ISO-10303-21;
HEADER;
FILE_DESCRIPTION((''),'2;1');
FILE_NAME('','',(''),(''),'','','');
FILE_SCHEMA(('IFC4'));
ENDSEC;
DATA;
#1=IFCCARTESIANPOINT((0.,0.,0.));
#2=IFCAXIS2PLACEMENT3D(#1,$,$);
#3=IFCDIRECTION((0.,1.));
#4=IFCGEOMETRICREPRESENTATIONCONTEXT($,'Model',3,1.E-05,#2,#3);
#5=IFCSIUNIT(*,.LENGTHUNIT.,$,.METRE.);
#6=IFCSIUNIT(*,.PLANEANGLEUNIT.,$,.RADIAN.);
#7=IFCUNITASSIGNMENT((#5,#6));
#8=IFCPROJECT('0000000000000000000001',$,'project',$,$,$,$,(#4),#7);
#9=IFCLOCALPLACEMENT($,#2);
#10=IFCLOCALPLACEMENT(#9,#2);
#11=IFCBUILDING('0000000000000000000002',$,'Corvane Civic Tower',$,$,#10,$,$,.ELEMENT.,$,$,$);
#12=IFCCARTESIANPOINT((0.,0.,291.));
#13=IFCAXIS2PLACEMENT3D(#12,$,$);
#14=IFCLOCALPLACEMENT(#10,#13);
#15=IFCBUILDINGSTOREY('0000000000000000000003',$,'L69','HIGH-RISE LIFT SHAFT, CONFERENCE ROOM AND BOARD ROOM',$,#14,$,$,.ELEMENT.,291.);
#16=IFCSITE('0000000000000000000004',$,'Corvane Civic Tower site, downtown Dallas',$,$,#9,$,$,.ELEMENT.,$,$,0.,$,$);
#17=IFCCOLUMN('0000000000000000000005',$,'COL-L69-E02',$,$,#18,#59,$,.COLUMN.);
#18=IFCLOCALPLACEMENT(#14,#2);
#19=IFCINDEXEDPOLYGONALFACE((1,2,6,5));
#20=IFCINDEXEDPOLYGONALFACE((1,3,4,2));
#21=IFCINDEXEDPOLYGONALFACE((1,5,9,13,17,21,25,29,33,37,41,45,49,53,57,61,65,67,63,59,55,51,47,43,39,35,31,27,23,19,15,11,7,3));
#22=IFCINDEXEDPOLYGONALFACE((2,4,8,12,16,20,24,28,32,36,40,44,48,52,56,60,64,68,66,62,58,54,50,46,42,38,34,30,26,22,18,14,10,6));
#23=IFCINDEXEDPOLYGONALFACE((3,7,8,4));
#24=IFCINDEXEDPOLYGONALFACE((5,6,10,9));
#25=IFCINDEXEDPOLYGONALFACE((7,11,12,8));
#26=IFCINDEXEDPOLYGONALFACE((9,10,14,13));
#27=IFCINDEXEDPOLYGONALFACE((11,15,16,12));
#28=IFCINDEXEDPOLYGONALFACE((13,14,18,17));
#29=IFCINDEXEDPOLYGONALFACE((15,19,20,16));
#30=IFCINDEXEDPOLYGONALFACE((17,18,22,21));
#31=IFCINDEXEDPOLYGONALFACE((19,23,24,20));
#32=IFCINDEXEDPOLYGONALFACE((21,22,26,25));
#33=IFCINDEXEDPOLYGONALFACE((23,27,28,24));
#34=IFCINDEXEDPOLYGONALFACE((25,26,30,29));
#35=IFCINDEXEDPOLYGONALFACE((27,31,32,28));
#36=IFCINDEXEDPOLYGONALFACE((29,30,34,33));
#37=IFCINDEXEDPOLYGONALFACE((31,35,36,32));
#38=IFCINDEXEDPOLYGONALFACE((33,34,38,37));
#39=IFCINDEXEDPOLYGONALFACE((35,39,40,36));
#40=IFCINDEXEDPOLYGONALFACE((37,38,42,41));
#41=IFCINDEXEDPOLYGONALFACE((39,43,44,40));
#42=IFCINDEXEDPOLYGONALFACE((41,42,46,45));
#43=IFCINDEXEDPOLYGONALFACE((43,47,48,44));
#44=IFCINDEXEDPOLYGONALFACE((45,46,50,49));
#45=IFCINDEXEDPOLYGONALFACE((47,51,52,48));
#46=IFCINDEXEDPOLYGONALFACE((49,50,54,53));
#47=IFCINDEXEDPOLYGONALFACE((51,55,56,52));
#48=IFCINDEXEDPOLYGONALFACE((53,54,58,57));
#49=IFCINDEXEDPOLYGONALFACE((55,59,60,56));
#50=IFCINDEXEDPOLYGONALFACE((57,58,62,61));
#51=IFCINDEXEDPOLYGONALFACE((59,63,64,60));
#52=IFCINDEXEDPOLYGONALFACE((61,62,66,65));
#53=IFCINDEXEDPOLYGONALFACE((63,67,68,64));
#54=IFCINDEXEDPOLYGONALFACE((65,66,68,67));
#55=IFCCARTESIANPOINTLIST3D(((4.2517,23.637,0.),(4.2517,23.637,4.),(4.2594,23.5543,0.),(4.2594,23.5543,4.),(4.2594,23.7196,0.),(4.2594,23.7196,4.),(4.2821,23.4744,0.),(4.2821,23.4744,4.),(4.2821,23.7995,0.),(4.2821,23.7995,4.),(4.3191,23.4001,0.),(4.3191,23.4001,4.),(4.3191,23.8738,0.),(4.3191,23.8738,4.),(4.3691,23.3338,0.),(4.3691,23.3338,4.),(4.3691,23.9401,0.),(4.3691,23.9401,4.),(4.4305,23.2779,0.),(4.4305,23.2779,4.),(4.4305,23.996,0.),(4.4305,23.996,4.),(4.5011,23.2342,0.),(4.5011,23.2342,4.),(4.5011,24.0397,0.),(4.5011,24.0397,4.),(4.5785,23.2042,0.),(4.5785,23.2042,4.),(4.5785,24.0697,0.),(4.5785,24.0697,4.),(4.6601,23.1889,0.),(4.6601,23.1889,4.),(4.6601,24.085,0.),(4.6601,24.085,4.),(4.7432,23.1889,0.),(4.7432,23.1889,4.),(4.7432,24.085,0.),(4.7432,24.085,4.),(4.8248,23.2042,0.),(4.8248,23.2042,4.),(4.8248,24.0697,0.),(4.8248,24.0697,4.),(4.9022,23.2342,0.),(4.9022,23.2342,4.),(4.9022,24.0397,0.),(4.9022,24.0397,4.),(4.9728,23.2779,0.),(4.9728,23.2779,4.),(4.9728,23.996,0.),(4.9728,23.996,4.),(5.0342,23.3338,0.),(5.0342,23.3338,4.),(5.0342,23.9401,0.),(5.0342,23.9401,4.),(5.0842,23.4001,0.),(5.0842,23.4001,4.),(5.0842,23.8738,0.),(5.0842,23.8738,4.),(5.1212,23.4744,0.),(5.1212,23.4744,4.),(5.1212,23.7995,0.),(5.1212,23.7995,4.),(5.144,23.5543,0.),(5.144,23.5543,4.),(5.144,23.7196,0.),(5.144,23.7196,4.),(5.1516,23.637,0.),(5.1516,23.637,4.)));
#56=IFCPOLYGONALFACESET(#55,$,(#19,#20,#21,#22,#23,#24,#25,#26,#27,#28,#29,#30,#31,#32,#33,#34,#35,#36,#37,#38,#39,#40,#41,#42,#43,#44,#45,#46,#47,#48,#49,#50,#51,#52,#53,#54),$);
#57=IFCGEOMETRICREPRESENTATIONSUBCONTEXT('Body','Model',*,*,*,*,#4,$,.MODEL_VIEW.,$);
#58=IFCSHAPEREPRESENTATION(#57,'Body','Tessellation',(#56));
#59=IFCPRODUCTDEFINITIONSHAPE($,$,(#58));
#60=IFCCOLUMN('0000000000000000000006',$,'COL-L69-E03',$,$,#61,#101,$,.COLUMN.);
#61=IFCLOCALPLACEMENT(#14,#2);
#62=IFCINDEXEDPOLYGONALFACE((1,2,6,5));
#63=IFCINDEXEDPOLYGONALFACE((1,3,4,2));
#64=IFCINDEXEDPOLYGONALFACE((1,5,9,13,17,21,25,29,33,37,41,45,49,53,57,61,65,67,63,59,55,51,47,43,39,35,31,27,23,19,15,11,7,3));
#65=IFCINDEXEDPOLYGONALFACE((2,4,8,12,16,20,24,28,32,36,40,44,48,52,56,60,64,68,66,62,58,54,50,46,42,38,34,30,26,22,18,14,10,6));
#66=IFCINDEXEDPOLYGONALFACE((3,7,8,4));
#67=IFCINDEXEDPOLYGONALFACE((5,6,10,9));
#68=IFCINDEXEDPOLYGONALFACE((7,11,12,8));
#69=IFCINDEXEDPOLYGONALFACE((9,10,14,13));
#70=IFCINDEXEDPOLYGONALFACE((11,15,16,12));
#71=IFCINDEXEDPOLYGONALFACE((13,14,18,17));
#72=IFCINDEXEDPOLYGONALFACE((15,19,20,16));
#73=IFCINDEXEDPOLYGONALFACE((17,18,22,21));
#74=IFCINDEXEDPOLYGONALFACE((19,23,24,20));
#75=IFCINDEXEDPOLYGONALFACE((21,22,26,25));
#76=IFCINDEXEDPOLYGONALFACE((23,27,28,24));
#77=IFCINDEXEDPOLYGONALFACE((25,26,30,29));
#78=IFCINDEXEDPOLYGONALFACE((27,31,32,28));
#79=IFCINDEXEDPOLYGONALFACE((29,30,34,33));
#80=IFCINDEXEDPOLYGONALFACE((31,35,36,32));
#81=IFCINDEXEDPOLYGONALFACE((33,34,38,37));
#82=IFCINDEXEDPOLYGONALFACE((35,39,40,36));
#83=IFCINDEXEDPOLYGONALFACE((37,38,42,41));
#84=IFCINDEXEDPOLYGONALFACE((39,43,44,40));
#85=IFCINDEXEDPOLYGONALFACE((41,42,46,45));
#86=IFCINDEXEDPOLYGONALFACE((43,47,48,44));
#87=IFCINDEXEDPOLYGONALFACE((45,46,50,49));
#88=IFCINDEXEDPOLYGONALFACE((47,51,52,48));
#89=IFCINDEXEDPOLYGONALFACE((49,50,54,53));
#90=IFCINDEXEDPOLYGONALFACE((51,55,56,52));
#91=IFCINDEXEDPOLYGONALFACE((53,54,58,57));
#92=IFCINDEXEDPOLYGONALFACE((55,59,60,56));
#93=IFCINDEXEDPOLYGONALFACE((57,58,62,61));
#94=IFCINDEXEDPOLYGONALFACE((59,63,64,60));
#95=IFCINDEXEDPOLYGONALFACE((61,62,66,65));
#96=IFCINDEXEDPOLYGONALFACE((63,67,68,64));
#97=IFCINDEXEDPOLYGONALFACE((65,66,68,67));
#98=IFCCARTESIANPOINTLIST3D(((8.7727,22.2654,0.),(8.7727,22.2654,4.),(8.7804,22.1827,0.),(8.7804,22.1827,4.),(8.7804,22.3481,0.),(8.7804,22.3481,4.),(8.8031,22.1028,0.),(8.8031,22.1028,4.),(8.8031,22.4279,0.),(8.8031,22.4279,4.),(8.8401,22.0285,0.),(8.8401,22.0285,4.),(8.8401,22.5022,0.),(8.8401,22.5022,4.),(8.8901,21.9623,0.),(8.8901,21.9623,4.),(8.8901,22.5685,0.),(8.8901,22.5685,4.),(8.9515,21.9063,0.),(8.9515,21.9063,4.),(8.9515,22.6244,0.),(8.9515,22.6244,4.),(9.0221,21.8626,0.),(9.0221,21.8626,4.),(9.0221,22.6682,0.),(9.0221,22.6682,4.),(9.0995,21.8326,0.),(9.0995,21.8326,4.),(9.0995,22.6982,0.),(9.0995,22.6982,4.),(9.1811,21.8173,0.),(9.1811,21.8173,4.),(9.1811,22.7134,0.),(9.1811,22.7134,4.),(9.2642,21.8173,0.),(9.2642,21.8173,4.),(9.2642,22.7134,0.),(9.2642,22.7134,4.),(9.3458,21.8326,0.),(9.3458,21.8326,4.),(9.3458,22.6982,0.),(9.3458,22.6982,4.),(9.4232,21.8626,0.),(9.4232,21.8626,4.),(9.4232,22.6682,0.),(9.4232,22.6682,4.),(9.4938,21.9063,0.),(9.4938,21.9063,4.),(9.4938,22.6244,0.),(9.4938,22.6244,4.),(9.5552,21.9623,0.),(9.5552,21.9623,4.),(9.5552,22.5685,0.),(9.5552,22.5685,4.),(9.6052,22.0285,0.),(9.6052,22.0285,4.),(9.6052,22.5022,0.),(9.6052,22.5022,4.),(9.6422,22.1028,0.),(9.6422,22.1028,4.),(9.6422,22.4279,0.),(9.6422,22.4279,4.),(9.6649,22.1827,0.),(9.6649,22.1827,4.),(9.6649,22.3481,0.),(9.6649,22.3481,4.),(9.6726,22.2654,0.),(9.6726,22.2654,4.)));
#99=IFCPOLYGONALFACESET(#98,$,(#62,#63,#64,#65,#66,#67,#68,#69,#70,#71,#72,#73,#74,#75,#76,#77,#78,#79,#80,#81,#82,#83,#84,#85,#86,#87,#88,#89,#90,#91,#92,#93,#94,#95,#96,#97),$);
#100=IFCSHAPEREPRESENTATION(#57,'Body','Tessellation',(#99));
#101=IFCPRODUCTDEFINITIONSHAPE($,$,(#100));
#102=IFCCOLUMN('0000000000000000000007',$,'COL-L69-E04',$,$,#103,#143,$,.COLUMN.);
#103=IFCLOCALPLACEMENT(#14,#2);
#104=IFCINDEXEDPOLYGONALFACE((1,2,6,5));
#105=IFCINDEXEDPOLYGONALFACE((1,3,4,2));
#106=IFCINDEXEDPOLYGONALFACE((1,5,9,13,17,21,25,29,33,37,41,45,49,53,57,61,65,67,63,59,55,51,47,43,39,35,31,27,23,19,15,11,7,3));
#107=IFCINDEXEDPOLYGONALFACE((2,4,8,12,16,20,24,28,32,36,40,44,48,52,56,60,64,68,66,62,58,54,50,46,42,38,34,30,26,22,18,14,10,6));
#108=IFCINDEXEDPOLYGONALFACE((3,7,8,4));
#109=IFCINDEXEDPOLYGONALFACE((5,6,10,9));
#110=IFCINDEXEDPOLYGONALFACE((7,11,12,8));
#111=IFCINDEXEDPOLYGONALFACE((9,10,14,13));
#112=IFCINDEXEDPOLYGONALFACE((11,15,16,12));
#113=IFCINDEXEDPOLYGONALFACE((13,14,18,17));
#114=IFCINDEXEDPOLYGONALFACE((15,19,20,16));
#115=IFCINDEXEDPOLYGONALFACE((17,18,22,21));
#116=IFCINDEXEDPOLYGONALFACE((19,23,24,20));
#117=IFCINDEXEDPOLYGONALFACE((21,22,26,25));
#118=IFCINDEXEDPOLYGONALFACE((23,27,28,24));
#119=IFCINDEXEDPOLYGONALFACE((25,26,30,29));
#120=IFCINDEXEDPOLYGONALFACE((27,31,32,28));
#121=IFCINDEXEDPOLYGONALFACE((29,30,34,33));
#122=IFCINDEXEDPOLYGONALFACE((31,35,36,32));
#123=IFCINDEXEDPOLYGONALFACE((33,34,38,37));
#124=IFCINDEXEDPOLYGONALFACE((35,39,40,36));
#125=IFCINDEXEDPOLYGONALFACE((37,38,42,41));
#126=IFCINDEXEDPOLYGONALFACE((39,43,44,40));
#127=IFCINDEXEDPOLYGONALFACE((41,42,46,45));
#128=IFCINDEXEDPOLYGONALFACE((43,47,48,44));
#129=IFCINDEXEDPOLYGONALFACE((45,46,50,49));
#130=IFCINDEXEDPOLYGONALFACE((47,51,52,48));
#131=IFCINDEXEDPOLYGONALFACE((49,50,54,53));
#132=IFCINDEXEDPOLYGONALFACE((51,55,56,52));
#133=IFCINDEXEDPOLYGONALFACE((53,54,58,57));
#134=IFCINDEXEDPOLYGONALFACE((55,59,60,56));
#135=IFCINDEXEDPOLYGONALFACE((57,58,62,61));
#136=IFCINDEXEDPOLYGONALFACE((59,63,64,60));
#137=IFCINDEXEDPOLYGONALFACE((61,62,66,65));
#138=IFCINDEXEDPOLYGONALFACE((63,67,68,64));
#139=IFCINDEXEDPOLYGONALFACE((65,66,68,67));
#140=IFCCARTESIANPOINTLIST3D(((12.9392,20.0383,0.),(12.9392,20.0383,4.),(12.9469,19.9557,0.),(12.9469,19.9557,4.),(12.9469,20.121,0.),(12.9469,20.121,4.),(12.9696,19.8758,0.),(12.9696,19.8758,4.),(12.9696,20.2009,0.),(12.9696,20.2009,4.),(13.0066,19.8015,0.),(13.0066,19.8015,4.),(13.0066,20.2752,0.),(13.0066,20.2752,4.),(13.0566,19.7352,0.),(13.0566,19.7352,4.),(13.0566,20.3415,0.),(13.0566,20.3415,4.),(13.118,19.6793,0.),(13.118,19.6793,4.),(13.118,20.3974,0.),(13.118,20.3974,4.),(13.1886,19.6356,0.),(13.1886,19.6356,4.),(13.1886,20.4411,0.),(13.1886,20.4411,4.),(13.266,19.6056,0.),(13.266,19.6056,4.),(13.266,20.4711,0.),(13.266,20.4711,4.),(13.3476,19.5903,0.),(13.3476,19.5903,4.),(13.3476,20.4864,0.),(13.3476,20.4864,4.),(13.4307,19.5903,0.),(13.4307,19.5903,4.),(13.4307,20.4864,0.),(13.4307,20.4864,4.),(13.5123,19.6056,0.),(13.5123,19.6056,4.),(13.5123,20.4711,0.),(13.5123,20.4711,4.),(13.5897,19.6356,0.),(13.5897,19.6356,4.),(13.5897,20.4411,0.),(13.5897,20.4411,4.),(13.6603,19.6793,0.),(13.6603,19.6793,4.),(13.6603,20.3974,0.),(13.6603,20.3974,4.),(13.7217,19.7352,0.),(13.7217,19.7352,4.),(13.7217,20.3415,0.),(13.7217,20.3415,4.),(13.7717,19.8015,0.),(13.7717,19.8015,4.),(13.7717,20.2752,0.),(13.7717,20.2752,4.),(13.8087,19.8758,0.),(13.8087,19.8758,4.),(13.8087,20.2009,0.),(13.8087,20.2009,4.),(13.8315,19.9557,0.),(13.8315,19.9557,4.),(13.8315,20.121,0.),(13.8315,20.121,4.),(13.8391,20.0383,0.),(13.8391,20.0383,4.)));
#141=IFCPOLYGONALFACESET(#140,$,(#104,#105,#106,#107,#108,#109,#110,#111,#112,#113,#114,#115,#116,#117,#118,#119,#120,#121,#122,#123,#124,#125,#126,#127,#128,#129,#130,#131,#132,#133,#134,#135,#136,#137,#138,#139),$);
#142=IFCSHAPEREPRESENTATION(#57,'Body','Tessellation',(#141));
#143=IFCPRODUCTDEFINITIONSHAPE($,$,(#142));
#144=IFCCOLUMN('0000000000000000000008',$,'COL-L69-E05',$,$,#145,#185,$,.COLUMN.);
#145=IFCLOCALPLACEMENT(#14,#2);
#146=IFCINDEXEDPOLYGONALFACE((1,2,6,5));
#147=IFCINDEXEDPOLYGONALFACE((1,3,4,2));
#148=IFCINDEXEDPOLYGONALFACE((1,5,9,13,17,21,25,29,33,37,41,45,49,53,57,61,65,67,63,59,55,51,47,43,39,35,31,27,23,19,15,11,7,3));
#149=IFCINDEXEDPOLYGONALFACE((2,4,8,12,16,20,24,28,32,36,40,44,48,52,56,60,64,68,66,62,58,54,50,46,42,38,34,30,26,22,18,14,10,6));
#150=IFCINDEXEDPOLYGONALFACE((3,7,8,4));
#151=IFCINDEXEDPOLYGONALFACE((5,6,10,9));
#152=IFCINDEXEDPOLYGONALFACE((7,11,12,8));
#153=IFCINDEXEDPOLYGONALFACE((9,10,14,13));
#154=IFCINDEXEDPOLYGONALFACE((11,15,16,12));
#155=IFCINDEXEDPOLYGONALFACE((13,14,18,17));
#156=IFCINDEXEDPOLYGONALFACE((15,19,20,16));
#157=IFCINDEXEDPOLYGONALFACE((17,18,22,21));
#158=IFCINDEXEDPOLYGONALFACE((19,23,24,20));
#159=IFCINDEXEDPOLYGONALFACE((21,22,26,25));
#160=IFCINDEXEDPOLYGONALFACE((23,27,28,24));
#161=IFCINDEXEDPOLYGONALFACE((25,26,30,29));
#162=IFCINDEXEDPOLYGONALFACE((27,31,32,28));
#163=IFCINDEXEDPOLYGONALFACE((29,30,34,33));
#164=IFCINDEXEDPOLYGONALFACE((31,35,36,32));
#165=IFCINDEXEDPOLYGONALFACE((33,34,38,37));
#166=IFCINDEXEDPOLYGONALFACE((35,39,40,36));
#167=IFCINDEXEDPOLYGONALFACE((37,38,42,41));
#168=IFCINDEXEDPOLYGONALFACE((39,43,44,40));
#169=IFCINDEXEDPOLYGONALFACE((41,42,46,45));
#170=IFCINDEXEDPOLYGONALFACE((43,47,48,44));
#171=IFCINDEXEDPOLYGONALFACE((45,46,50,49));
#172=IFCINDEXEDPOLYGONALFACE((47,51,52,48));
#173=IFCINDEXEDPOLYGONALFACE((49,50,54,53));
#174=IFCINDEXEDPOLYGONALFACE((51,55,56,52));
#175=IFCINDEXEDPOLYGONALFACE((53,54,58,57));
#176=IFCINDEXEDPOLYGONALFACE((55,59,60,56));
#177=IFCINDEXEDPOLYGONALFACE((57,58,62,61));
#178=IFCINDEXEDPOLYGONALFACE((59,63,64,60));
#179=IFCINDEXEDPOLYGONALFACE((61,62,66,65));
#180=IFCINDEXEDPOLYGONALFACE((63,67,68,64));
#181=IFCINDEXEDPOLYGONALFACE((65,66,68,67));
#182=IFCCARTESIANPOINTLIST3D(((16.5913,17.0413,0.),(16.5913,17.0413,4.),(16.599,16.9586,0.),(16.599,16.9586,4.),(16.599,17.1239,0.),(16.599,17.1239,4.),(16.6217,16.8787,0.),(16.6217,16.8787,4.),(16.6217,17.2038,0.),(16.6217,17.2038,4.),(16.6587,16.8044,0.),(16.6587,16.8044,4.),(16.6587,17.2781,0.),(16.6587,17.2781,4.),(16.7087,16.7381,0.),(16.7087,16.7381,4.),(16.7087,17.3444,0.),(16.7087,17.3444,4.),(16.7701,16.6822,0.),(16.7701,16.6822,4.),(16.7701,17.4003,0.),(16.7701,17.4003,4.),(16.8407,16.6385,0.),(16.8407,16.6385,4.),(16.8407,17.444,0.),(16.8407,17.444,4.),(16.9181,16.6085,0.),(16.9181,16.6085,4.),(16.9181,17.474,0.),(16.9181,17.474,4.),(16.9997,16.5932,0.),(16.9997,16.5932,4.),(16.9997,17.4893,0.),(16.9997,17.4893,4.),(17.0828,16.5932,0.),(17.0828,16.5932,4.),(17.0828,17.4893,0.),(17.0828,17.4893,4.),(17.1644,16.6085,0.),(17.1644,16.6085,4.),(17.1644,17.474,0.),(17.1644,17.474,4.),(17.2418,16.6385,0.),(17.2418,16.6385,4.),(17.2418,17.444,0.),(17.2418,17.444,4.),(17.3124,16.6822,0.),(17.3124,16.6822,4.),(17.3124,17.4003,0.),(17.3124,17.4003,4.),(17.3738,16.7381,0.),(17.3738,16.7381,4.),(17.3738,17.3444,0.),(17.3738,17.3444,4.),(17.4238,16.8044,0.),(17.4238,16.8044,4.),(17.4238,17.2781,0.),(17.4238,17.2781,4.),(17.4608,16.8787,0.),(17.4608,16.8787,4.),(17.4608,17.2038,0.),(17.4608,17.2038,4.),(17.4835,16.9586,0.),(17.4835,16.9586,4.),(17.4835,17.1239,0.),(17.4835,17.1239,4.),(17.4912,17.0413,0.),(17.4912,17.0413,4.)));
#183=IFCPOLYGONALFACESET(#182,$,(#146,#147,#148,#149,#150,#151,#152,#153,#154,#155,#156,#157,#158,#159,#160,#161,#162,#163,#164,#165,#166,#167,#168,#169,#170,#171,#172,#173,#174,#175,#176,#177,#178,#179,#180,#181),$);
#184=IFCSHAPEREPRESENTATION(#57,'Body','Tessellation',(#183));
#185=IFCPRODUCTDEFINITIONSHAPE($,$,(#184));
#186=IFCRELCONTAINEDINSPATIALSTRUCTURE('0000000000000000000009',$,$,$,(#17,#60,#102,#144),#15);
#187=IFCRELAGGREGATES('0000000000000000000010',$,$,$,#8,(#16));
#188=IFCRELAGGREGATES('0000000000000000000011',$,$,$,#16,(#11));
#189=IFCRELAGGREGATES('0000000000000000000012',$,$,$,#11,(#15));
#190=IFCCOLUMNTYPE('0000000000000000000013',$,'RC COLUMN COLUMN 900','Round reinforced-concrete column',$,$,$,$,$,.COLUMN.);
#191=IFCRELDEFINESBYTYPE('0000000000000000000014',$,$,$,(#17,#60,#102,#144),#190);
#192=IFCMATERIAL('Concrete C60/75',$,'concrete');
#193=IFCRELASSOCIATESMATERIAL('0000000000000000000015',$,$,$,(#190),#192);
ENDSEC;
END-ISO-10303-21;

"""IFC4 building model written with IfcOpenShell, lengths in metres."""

from ifc_helpers import new_model, si_unit, direction, frame, origin, origin_2d, place, context, subcontext, project, spatial, circle, extrude, material, material_profile, profile_set, type_object, element, save


model = new_model("IFC4")

# Units and contexts
model_context = context("Model", 3, precision=1e-05, world=origin(), true_north=direction((0.0, 1.0)))
body_context = subcontext(model_context, "Body", "Model", "MODEL_VIEW")
ifc_project = project(units=[si_unit("LENGTHUNIT", "METRE"), si_unit("PLANEANGLEUNIT", "RADIAN")], contexts=[model_context])

# Site, building, storey
site_placement = place(None, origin())
site = spatial("IfcSite", under=ifc_project, at=site_placement, Name="Corvane Civic Tower site, downtown Dallas", CompositionType="ELEMENT", RefElevation=0.0)
building_placement = place(site_placement, origin())
building = spatial("IfcBuilding", under=site, at=building_placement, Name="Corvane Civic Tower", CompositionType="ELEMENT")
storey_placement = place(building_placement, frame((0.0, 0.0, 291.0)))
storey = spatial("IfcBuildingStorey", under=building, at=storey_placement, Name="L69", Description="HIGH-RISE LIFT SHAFT, CONFERENCE ROOM AND BOARD ROOM", CompositionType="ELEMENT", Elevation=291.0)

# Columns
ifc_material_1 = material(Name="Concrete C60/75", Category="concrete")
ifc_material_profile_1 = material_profile(ifc_material_1, circle(Radius=0.45, at=origin_2d()), Name="COLUMN 900")
ifc_profile_set_1 = profile_set([ifc_material_profile_1], Name="Concrete C60/75")
column_type = type_object("IfcColumnType", Name="RC COLUMN COLUMN 900", Description="Round reinforced-concrete column", PredefinedType="COLUMN", material=ifc_profile_set_1)
for number, where, z_axis, x_axis, name in (
    (1, (4.7017, 23.637, 0.0), (0.0, 0.0, 1.0), (1.0, 0.0, 0.0), "COL-L69-E02"),
    (2, (9.2227, 22.2654, 0.0), (0.0, 0.0, 1.0), (1.0, 0.0, 0.0), "COL-L69-E03"),
    (3, (13.3892, 20.0383, 0.0), (0.0, 0.0, 1.0), (1.0, 0.0, 0.0), "COL-L69-E04"),
    (4, (17.0413, 17.0413, 0.0), (0.0, 0.0, 1.0), (1.0, 0.0, 0.0), "COL-L69-E05"),
):
    element("IfcColumn", number, at=place(storey_placement, frame(where, z_axis=z_axis, x_axis=x_axis)), inside=storey, type_object=column_type, Name=name, PredefinedType="COLUMN", context=body_context, shape_type="SweptSolid", body=[
        extrude(circle(Radius=0.45, at=origin_2d()), origin(), (0.0, 0.0, 1.0), 4.0),
    ])

save(model, "model.ifc")
